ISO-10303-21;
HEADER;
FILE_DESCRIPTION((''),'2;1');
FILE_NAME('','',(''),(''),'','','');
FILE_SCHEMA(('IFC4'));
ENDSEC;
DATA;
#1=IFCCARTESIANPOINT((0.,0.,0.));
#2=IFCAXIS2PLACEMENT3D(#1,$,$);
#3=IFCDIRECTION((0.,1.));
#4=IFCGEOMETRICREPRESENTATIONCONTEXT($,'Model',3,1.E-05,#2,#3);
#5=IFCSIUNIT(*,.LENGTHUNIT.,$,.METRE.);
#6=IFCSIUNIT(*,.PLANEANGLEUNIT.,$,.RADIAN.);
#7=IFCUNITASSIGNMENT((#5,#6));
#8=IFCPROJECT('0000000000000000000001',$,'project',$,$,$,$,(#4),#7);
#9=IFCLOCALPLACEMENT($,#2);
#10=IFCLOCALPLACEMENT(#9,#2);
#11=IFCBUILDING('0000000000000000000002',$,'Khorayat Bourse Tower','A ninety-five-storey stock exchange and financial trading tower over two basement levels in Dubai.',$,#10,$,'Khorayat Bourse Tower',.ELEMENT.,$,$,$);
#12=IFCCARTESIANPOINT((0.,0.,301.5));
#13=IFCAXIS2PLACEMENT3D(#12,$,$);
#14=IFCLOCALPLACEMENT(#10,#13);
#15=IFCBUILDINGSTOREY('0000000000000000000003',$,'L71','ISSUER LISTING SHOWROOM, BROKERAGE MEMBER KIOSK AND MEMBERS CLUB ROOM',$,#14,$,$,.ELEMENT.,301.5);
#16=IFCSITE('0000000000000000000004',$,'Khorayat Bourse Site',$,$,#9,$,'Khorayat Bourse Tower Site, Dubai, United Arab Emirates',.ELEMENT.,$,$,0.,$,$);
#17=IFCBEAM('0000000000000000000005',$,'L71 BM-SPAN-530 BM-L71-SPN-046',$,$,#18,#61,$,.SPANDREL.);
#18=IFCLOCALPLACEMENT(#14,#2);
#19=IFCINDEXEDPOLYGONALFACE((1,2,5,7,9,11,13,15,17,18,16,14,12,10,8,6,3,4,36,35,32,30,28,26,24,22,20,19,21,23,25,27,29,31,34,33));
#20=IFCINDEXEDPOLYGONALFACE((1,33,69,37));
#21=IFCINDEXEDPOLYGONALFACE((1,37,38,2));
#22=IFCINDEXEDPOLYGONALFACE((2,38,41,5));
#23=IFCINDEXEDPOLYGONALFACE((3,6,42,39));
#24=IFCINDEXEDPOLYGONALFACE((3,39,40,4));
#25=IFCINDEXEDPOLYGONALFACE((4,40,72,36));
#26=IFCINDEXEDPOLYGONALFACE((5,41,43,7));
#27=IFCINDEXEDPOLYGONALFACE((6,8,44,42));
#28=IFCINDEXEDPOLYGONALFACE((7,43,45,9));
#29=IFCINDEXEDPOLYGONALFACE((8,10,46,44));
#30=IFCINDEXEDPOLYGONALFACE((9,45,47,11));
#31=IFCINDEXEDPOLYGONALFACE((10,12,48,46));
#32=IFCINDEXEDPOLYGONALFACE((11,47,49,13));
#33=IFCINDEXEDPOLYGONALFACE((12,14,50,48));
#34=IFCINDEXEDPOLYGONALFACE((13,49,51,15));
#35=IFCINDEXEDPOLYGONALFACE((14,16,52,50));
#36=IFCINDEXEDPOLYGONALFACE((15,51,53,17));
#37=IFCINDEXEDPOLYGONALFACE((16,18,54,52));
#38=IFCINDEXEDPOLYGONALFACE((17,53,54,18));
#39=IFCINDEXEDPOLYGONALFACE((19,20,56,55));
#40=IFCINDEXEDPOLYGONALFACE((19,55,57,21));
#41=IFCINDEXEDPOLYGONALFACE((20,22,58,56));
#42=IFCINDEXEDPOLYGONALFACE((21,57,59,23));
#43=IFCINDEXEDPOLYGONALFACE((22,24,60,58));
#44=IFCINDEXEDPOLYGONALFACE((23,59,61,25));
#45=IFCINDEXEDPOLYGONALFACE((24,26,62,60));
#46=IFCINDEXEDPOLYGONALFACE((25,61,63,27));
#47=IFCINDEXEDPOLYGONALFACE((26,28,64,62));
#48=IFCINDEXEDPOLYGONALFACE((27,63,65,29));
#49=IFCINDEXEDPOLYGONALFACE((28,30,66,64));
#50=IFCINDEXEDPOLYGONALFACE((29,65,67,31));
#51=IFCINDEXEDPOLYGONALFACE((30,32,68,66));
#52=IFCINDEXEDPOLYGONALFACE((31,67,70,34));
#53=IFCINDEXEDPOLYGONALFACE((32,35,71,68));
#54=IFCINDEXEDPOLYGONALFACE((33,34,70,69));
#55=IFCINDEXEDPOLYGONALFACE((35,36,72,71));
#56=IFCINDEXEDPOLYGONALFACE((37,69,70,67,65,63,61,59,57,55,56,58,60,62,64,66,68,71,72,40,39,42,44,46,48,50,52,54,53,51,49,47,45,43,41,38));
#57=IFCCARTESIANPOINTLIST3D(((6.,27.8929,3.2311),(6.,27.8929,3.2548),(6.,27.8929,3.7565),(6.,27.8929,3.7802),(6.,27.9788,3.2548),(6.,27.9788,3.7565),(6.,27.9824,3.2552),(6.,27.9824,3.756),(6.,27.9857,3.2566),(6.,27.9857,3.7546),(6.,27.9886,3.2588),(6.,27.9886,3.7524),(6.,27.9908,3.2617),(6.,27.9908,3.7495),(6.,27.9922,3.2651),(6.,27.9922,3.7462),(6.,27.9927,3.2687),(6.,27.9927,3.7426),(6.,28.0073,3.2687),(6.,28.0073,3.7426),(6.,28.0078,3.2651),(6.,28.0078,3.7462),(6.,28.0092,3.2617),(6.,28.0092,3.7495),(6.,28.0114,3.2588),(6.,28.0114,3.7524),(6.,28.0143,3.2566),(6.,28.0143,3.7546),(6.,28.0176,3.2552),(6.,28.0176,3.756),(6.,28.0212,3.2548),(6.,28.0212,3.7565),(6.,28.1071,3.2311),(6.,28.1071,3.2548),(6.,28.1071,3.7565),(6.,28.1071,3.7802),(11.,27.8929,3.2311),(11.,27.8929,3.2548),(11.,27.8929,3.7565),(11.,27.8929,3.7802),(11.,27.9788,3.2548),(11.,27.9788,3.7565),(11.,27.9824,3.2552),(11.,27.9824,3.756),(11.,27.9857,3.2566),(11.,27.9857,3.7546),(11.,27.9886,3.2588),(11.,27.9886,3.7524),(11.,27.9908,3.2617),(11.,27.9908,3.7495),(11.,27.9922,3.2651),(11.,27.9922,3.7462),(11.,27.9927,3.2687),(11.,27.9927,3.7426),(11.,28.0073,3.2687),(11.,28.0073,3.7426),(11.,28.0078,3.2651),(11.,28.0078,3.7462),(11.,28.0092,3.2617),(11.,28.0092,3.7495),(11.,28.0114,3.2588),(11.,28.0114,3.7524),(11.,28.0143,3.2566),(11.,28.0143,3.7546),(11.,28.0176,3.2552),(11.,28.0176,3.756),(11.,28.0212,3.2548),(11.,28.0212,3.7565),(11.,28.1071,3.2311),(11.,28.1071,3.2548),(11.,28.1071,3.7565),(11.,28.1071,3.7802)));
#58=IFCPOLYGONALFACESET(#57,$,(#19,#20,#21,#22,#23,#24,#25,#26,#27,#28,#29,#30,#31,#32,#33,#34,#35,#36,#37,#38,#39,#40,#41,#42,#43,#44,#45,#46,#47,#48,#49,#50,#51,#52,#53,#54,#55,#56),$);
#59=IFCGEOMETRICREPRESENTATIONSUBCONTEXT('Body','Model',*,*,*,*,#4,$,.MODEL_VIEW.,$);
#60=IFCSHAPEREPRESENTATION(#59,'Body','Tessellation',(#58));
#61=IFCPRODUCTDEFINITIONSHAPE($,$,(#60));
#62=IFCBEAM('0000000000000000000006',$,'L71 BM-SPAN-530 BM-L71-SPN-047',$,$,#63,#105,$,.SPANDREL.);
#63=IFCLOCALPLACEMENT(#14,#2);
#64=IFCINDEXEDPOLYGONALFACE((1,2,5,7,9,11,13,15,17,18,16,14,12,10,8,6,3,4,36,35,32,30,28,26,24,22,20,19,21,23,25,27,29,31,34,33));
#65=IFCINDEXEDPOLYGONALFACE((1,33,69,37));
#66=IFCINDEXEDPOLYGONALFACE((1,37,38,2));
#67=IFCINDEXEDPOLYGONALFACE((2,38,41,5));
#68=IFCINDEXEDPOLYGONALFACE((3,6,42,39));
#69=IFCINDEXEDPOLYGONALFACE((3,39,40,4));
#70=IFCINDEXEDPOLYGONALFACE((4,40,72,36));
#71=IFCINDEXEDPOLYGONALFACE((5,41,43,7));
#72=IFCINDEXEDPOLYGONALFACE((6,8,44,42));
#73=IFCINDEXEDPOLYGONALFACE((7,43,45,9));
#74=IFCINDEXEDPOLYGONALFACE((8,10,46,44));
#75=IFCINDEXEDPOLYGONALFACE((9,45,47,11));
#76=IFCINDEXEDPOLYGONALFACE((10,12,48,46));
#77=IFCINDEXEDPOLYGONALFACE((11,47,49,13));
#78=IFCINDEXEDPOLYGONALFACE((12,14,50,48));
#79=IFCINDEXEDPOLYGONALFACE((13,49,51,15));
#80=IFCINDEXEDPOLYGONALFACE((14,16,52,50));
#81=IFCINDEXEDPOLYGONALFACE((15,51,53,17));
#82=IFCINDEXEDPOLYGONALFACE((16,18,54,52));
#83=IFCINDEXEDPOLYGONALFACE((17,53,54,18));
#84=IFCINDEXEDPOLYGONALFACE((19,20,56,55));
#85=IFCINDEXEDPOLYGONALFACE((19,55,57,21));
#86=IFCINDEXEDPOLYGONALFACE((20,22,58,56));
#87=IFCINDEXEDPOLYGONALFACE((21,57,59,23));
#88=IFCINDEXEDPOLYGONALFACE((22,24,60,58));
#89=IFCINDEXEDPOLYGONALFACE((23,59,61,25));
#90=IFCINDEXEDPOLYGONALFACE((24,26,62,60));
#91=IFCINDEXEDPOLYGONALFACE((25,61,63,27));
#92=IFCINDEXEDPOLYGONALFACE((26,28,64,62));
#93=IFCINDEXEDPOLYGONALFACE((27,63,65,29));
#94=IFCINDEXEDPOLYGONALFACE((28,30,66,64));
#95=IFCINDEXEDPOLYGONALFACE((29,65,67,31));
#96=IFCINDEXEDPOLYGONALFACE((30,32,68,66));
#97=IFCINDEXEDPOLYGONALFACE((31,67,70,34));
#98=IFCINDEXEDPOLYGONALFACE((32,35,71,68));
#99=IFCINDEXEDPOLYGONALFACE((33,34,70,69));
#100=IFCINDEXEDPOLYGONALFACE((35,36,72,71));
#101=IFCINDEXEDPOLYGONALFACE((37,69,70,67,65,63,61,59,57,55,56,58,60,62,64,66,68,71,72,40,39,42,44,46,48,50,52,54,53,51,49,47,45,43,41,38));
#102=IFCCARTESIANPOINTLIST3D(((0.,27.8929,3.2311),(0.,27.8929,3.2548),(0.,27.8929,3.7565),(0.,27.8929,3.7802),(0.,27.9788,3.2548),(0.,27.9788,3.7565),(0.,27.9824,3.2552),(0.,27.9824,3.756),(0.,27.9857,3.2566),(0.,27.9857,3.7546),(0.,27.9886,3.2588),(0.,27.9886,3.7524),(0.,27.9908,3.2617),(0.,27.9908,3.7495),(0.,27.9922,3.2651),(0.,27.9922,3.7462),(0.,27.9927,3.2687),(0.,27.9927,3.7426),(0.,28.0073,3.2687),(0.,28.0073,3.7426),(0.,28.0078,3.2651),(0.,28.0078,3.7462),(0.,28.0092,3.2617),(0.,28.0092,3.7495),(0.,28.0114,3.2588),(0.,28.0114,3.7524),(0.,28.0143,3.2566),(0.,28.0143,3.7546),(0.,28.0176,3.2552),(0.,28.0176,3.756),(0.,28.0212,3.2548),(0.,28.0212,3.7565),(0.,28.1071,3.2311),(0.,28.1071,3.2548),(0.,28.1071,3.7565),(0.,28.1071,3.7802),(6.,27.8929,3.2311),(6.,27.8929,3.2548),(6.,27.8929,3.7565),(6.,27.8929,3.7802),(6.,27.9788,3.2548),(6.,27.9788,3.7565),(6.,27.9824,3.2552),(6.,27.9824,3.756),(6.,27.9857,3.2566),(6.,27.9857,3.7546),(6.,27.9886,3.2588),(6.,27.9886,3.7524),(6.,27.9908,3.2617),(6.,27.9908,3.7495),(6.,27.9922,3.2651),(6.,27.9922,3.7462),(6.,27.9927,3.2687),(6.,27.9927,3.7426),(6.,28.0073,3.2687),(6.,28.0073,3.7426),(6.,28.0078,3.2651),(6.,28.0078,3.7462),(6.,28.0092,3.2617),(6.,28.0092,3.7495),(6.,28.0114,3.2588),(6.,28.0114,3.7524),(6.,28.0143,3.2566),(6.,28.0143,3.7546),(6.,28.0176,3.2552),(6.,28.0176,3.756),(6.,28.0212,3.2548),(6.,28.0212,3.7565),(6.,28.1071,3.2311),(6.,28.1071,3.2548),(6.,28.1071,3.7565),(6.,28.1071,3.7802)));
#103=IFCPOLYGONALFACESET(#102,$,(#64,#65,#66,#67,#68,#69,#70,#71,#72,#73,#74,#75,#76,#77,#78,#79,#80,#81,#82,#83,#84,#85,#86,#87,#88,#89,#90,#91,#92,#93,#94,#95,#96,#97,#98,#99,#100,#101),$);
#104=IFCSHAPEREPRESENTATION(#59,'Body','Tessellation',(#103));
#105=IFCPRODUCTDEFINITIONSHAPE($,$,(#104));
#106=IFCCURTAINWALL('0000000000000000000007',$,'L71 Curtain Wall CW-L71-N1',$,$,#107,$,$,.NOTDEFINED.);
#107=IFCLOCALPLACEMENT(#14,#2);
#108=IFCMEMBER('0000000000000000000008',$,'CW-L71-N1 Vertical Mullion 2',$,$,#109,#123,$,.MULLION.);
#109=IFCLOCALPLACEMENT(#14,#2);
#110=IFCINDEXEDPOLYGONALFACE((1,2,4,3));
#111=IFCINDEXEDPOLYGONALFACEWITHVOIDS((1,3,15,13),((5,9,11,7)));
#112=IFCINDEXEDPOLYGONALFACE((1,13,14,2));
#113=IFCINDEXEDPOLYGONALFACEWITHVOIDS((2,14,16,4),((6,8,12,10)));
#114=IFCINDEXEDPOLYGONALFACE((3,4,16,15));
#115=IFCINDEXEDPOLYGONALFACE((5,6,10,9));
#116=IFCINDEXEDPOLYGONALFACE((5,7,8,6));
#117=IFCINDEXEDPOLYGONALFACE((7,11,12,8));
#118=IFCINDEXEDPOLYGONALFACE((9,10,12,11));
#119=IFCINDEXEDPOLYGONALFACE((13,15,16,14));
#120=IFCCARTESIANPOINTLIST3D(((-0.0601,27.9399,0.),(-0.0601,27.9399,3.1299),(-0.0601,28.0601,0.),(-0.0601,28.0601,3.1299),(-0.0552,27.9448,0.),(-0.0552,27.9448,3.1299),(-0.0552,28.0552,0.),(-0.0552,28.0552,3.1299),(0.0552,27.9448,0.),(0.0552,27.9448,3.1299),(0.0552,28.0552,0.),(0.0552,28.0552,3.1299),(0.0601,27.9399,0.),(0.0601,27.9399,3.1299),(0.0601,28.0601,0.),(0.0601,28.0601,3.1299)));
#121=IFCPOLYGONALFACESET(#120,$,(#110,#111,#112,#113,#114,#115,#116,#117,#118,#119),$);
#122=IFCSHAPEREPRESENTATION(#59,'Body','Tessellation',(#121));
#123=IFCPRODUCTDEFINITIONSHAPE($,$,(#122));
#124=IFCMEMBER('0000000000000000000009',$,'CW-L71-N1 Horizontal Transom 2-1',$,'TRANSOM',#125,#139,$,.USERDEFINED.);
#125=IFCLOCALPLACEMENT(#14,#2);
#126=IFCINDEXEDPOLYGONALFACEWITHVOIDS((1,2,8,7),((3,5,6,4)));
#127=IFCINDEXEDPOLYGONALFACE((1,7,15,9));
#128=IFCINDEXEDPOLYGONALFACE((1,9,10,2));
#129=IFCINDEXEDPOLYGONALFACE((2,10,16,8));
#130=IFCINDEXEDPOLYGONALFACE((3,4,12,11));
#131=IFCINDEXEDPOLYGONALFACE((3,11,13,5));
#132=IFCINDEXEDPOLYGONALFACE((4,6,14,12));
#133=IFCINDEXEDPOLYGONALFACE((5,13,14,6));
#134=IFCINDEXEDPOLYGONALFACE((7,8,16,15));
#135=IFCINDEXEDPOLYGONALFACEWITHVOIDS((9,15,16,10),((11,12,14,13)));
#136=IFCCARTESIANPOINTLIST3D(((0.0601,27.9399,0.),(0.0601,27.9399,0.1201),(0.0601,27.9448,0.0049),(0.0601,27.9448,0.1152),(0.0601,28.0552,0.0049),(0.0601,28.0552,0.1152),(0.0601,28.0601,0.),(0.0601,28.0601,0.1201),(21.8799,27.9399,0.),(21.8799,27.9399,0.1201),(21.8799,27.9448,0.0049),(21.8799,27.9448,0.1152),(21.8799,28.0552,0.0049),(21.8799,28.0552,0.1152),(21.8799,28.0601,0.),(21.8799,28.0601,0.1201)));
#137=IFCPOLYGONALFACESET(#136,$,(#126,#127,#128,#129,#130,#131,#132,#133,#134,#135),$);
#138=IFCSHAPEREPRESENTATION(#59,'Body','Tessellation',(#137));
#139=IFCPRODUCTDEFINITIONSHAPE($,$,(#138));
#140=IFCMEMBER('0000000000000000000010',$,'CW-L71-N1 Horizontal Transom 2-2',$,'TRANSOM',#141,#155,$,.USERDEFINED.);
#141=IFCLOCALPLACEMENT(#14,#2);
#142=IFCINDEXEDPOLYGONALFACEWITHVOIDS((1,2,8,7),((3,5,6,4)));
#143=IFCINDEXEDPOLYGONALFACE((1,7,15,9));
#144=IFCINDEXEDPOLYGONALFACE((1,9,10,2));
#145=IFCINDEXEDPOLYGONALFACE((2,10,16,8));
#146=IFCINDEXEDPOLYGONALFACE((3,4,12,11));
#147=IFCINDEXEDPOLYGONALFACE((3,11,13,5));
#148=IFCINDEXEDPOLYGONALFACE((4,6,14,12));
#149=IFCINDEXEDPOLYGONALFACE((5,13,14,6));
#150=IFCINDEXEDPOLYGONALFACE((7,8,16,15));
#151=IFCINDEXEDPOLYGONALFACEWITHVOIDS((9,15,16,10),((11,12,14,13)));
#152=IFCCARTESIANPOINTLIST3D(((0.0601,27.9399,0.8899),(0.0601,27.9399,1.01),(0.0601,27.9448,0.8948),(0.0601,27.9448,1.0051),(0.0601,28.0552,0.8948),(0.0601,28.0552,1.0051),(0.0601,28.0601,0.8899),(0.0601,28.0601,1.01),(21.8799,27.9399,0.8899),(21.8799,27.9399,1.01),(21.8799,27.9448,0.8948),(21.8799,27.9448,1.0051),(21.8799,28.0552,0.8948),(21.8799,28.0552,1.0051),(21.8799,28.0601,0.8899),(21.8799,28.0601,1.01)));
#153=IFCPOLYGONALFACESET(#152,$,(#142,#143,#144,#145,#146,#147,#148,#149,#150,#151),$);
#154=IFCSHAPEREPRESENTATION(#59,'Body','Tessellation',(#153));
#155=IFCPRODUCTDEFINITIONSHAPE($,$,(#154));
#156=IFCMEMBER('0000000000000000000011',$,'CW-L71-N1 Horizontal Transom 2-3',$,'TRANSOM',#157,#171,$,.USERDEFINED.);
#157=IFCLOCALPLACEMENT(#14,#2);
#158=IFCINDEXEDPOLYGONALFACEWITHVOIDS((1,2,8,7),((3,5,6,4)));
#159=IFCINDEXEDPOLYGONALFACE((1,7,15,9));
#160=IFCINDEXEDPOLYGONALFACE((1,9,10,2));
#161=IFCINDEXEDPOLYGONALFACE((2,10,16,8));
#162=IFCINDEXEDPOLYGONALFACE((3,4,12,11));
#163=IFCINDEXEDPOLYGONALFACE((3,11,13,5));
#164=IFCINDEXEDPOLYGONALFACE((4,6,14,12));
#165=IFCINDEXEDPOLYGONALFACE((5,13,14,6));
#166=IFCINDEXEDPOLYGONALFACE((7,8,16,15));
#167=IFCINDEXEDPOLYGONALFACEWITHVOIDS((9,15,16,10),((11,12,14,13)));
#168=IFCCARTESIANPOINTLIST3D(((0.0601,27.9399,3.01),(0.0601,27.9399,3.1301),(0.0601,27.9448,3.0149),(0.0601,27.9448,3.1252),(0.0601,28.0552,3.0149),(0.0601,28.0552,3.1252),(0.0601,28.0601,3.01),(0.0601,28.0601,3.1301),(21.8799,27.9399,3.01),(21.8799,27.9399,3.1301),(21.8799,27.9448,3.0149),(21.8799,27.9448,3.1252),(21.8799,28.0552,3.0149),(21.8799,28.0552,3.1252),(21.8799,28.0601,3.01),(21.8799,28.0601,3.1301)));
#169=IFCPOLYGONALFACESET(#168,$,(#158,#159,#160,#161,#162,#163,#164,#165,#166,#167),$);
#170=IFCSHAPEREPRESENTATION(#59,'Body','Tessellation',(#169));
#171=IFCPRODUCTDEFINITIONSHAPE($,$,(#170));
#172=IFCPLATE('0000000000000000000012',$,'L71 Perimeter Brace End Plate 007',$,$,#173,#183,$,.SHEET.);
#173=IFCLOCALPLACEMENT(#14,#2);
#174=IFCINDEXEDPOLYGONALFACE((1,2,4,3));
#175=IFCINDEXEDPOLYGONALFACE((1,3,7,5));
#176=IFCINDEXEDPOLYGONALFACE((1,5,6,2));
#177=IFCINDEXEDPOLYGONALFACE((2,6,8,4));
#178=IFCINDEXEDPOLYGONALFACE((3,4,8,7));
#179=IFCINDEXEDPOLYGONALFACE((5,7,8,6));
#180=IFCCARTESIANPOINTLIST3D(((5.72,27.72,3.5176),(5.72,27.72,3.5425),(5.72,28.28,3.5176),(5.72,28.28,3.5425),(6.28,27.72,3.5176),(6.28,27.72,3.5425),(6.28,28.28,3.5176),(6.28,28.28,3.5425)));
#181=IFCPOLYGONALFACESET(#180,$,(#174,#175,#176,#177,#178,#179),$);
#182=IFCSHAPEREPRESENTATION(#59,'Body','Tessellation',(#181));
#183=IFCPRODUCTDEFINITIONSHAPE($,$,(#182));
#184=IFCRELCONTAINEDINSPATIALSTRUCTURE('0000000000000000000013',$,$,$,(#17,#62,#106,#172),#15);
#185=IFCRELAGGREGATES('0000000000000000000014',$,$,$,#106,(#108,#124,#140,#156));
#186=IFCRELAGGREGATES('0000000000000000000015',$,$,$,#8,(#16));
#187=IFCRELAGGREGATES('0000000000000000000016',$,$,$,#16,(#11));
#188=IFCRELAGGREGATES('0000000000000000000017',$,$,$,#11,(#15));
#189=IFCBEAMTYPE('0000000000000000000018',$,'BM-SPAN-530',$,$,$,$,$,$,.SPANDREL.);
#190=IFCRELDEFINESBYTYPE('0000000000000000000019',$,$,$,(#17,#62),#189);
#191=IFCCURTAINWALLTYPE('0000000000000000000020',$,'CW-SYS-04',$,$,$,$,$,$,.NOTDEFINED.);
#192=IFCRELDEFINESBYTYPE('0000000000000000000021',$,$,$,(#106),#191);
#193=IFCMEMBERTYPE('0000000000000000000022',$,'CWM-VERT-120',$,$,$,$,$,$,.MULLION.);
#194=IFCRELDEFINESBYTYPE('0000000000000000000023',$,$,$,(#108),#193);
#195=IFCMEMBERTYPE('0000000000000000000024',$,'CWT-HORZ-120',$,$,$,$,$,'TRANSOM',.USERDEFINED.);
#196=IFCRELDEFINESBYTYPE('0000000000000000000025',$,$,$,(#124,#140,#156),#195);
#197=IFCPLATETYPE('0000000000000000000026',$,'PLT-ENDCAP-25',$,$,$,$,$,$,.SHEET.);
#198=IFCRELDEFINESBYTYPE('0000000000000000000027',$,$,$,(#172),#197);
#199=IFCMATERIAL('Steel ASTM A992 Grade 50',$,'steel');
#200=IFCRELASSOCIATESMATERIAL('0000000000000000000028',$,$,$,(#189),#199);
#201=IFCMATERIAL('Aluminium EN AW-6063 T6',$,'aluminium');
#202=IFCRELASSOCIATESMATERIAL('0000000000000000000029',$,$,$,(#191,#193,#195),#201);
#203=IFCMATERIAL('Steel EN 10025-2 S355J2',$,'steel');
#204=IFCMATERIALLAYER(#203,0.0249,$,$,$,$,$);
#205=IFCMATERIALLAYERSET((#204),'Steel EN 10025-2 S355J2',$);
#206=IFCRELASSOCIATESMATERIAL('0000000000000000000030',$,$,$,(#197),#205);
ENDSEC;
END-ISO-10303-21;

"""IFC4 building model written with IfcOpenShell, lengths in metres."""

from ifc_helpers import new_model, si_unit, direction, frame, origin, origin_2d, place, context, subcontext, project, spatial, rectangle, hollow_rectangle, i_section, extrude, source, transform, mapped, material, layer, layer_set, material_profile, profile_set, type_object, element, aggregate, save


model = new_model("IFC4")

# Units and contexts
model_context = context("Model", 3, precision=1e-05, world=origin(), true_north=direction((0.0, 1.0)))
body_context = subcontext(model_context, "Body", "Model", "MODEL_VIEW")
ifc_project = project(units=[si_unit("LENGTHUNIT", "METRE"), si_unit("PLANEANGLEUNIT", "RADIAN")], contexts=[model_context])

# Site, building, storey
site_placement = place(None, origin())
site = spatial("IfcSite", under=ifc_project, at=site_placement, Name="Khorayat Bourse Site", LongName="Khorayat Bourse Tower Site, Dubai, United Arab Emirates", CompositionType="ELEMENT", RefElevation=0.0)
building_placement = place(site_placement, origin())
building = spatial("IfcBuilding", under=site, at=building_placement, Name="Khorayat Bourse Tower", Description="A ninety-five-storey stock exchange and financial trading tower over two basement levels in Dubai.", LongName="Khorayat Bourse Tower", CompositionType="ELEMENT")
storey_placement = place(building_placement, frame((0.0, 0.0, 301.5)))
storey = spatial("IfcBuildingStorey", under=building, at=storey_placement, Name="L71", Description="ISSUER LISTING SHOWROOM, BROKERAGE MEMBER KIOSK AND MEMBERS CLUB ROOM", CompositionType="ELEMENT", Elevation=301.5)

# Beams
ifc_material_1 = material(Name="Steel ASTM A992 Grade 50", Category="steel")
ifc_material_profile_1 = material_profile(ifc_material_1, i_section(OverallWidth=0.2141, OverallDepth=0.5491, WebThickness=0.0146, FlangeThickness=0.0237, FilletRadius=0.0139, at=origin_2d()), Name="W530X138")
ifc_profile_set_1 = profile_set([ifc_material_profile_1], Name="Steel ASTM A992 Grade 50")
beam_type_1 = type_object("IfcBeamType", Name="BM-SPAN-530", PredefinedType="SPANDREL", material=ifc_profile_set_1)
shared_shape_1 = source(origin(), body_context, "Body", "SweptSolid", [
    extrude(i_section(OverallWidth=0.2141, OverallDepth=0.5491, WebThickness=0.0146, FlangeThickness=0.0237, FilletRadius=0.0139, at=origin_2d()), origin(), (0.0, 0.0, 1.0), 5.0),
])
beam_1_placement = place(storey_placement, frame((6.0, 28.0, 3.5056), z_axis=(1.0, 0.0, 0.0), x_axis=(0.0, 1.0, 0.0)))
element("IfcBeam", 1, at=beam_1_placement, inside=storey, type_object=beam_type_1, Name="L71 BM-SPAN-530 BM-L71-SPN-046", PredefinedType="SPANDREL", context=body_context, shape_type="MappedRepresentation", body=[
    mapped(shared_shape_1, transform((0.0, 0.0, 0.0), scale=1.0)),
])
shared_shape_2 = source(origin(), body_context, "Body", "SweptSolid", [
    extrude(i_section(OverallWidth=0.2141, OverallDepth=0.5491, WebThickness=0.0146, FlangeThickness=0.0237, FilletRadius=0.0139, at=origin_2d()), origin(), (0.0, 0.0, 1.0), 6.0),
])
beam_2_placement = place(storey_placement, frame((0.0, 28.0, 3.5056), z_axis=(1.0, 0.0, 0.0), x_axis=(0.0, 1.0, 0.0)))
element("IfcBeam", 2, at=beam_2_placement, inside=storey, type_object=beam_type_1, Name="L71 BM-SPAN-530 BM-L71-SPN-047", PredefinedType="SPANDREL", context=body_context, shape_type="MappedRepresentation", body=[
    mapped(shared_shape_2, transform((0.0, 0.0, 0.0), scale=1.0)),
])

# Curtain wall, members
ifc_material_2 = material(Name="Aluminium EN AW-6063 T6", Category="aluminium")
curtain_wall_type = type_object("IfcCurtainWallType", Name="CW-SYS-04", PredefinedType="NOTDEFINED", material=ifc_material_2)
curtain_wall_placement = place(storey_placement, origin())
curtain_wall = element("IfcCurtainWall", 3, at=curtain_wall_placement, inside=storey, type_object=curtain_wall_type, Name="L71 Curtain Wall CW-L71-N1", PredefinedType="NOTDEFINED")
ifc_material_profile_2 = material_profile(ifc_material_2, hollow_rectangle(XDim=0.1201, YDim=0.1201, WallThickness=0.0049, at=origin_2d()), Name="ALU 120x120x5")
ifc_profile_set_2 = profile_set([ifc_material_profile_2], Name="Aluminium EN AW-6063 T6")
member_type_1 = type_object("IfcMemberType", Name="CWM-VERT-120", PredefinedType="MULLION", material=ifc_profile_set_2)
shared_shape_3 = source(origin(), body_context, "Body", "SweptSolid", [
    extrude(hollow_rectangle(XDim=0.1201, YDim=0.1201, WallThickness=0.0049, at=origin_2d()), origin(), (0.0, 0.0, 1.0), 3.1299),
])
member_1_placement = place(storey_placement, frame((0.0, 28.0, 0.0), z_axis=(0.0, 0.0, 1.0), x_axis=(0.0, 1.0, 0.0)))
member_1 = element("IfcMember", 4, at=member_1_placement, type_object=member_type_1, Name="CW-L71-N1 Vertical Mullion 2", PredefinedType="MULLION", context=body_context, shape_type="MappedRepresentation", body=[
    mapped(shared_shape_3, transform((0.0, 0.0, 0.0), scale=1.0)),
])
ifc_material_profile_3 = material_profile(ifc_material_2, hollow_rectangle(XDim=0.1201, YDim=0.1201, WallThickness=0.0049, at=origin_2d()), Name="ALU 120x120x5")
ifc_profile_set_3 = profile_set([ifc_material_profile_3], Name="Aluminium EN AW-6063 T6")
member_type_2 = type_object("IfcMemberType", Name="CWT-HORZ-120", ElementType="TRANSOM", PredefinedType="USERDEFINED", material=ifc_profile_set_3)
shared_shape_4 = source(origin(), body_context, "Body", "SweptSolid", [
    extrude(hollow_rectangle(XDim=0.1201, YDim=0.1201, WallThickness=0.0049, at=origin_2d()), origin(), (0.0, 0.0, 1.0), 21.8198),
])
member_2_placement = place(storey_placement, frame((0.0601, 28.0, 0.0601), z_axis=(1.0, 0.0, 0.0), x_axis=(0.0, 1.0, 0.0)))
member_2 = element("IfcMember", 5, at=member_2_placement, type_object=member_type_2, Name="CW-L71-N1 Horizontal Transom 2-1", ObjectType="TRANSOM", PredefinedType="USERDEFINED", context=body_context, shape_type="MappedRepresentation", body=[
    mapped(shared_shape_4, transform((0.0, 0.0, 0.0), scale=1.0)),
])
member_3_placement = place(storey_placement, frame((0.0601, 28.0, 0.95), z_axis=(1.0, 0.0, 0.0), x_axis=(0.0, 1.0, 0.0)))
member_3 = element("IfcMember", 6, at=member_3_placement, type_object=member_type_2, Name="CW-L71-N1 Horizontal Transom 2-2", ObjectType="TRANSOM", PredefinedType="USERDEFINED", context=body_context, shape_type="MappedRepresentation", body=[
    mapped(shared_shape_4, transform((0.0, 0.0, 0.0), scale=1.0)),
])
member_4_placement = place(storey_placement, frame((0.0601, 28.0, 3.0701), z_axis=(1.0, 0.0, 0.0), x_axis=(0.0, 1.0, 0.0)))
member_4 = element("IfcMember", 7, at=member_4_placement, type_object=member_type_2, Name="CW-L71-N1 Horizontal Transom 2-3", ObjectType="TRANSOM", PredefinedType="USERDEFINED", context=body_context, shape_type="MappedRepresentation", body=[
    mapped(shared_shape_4, transform((0.0, 0.0, 0.0), scale=1.0)),
])

# Plate
ifc_material_3 = material(Name="Steel EN 10025-2 S355J2", Category="steel")
ifc_layer_1 = layer(ifc_material_3, 0.0249)
ifc_layer_set_1 = layer_set([ifc_layer_1], Name="Steel EN 10025-2 S355J2")
plate_type_1 = type_object("IfcPlateType", Name="PLT-ENDCAP-25", PredefinedType="SHEET", material=ifc_layer_set_1)
shared_shape_5 = source(origin(), body_context, "Body", "SweptSolid", [
    extrude(rectangle(XDim=0.5601, YDim=0.5601, at=origin_2d()), origin(), (0.0, 0.0, 1.0), 0.0249),
])
plate_1_placement = place(storey_placement, frame((6.0, 28.0, 3.5176), z_axis=(0.0, 0.0, 1.0), x_axis=(1.0, 0.0, 0.0)))
element("IfcPlate", 8, at=plate_1_placement, inside=storey, type_object=plate_type_1, Name="L71 Perimeter Brace End Plate 007", PredefinedType="SHEET", context=body_context, shape_type="MappedRepresentation", body=[
    mapped(shared_shape_5, transform((0.0, 0.0, 0.0), scale=1.0)),
])
aggregate(curtain_wall, [member_1, member_2, member_3, member_4])

save(model, "model.ifc")
